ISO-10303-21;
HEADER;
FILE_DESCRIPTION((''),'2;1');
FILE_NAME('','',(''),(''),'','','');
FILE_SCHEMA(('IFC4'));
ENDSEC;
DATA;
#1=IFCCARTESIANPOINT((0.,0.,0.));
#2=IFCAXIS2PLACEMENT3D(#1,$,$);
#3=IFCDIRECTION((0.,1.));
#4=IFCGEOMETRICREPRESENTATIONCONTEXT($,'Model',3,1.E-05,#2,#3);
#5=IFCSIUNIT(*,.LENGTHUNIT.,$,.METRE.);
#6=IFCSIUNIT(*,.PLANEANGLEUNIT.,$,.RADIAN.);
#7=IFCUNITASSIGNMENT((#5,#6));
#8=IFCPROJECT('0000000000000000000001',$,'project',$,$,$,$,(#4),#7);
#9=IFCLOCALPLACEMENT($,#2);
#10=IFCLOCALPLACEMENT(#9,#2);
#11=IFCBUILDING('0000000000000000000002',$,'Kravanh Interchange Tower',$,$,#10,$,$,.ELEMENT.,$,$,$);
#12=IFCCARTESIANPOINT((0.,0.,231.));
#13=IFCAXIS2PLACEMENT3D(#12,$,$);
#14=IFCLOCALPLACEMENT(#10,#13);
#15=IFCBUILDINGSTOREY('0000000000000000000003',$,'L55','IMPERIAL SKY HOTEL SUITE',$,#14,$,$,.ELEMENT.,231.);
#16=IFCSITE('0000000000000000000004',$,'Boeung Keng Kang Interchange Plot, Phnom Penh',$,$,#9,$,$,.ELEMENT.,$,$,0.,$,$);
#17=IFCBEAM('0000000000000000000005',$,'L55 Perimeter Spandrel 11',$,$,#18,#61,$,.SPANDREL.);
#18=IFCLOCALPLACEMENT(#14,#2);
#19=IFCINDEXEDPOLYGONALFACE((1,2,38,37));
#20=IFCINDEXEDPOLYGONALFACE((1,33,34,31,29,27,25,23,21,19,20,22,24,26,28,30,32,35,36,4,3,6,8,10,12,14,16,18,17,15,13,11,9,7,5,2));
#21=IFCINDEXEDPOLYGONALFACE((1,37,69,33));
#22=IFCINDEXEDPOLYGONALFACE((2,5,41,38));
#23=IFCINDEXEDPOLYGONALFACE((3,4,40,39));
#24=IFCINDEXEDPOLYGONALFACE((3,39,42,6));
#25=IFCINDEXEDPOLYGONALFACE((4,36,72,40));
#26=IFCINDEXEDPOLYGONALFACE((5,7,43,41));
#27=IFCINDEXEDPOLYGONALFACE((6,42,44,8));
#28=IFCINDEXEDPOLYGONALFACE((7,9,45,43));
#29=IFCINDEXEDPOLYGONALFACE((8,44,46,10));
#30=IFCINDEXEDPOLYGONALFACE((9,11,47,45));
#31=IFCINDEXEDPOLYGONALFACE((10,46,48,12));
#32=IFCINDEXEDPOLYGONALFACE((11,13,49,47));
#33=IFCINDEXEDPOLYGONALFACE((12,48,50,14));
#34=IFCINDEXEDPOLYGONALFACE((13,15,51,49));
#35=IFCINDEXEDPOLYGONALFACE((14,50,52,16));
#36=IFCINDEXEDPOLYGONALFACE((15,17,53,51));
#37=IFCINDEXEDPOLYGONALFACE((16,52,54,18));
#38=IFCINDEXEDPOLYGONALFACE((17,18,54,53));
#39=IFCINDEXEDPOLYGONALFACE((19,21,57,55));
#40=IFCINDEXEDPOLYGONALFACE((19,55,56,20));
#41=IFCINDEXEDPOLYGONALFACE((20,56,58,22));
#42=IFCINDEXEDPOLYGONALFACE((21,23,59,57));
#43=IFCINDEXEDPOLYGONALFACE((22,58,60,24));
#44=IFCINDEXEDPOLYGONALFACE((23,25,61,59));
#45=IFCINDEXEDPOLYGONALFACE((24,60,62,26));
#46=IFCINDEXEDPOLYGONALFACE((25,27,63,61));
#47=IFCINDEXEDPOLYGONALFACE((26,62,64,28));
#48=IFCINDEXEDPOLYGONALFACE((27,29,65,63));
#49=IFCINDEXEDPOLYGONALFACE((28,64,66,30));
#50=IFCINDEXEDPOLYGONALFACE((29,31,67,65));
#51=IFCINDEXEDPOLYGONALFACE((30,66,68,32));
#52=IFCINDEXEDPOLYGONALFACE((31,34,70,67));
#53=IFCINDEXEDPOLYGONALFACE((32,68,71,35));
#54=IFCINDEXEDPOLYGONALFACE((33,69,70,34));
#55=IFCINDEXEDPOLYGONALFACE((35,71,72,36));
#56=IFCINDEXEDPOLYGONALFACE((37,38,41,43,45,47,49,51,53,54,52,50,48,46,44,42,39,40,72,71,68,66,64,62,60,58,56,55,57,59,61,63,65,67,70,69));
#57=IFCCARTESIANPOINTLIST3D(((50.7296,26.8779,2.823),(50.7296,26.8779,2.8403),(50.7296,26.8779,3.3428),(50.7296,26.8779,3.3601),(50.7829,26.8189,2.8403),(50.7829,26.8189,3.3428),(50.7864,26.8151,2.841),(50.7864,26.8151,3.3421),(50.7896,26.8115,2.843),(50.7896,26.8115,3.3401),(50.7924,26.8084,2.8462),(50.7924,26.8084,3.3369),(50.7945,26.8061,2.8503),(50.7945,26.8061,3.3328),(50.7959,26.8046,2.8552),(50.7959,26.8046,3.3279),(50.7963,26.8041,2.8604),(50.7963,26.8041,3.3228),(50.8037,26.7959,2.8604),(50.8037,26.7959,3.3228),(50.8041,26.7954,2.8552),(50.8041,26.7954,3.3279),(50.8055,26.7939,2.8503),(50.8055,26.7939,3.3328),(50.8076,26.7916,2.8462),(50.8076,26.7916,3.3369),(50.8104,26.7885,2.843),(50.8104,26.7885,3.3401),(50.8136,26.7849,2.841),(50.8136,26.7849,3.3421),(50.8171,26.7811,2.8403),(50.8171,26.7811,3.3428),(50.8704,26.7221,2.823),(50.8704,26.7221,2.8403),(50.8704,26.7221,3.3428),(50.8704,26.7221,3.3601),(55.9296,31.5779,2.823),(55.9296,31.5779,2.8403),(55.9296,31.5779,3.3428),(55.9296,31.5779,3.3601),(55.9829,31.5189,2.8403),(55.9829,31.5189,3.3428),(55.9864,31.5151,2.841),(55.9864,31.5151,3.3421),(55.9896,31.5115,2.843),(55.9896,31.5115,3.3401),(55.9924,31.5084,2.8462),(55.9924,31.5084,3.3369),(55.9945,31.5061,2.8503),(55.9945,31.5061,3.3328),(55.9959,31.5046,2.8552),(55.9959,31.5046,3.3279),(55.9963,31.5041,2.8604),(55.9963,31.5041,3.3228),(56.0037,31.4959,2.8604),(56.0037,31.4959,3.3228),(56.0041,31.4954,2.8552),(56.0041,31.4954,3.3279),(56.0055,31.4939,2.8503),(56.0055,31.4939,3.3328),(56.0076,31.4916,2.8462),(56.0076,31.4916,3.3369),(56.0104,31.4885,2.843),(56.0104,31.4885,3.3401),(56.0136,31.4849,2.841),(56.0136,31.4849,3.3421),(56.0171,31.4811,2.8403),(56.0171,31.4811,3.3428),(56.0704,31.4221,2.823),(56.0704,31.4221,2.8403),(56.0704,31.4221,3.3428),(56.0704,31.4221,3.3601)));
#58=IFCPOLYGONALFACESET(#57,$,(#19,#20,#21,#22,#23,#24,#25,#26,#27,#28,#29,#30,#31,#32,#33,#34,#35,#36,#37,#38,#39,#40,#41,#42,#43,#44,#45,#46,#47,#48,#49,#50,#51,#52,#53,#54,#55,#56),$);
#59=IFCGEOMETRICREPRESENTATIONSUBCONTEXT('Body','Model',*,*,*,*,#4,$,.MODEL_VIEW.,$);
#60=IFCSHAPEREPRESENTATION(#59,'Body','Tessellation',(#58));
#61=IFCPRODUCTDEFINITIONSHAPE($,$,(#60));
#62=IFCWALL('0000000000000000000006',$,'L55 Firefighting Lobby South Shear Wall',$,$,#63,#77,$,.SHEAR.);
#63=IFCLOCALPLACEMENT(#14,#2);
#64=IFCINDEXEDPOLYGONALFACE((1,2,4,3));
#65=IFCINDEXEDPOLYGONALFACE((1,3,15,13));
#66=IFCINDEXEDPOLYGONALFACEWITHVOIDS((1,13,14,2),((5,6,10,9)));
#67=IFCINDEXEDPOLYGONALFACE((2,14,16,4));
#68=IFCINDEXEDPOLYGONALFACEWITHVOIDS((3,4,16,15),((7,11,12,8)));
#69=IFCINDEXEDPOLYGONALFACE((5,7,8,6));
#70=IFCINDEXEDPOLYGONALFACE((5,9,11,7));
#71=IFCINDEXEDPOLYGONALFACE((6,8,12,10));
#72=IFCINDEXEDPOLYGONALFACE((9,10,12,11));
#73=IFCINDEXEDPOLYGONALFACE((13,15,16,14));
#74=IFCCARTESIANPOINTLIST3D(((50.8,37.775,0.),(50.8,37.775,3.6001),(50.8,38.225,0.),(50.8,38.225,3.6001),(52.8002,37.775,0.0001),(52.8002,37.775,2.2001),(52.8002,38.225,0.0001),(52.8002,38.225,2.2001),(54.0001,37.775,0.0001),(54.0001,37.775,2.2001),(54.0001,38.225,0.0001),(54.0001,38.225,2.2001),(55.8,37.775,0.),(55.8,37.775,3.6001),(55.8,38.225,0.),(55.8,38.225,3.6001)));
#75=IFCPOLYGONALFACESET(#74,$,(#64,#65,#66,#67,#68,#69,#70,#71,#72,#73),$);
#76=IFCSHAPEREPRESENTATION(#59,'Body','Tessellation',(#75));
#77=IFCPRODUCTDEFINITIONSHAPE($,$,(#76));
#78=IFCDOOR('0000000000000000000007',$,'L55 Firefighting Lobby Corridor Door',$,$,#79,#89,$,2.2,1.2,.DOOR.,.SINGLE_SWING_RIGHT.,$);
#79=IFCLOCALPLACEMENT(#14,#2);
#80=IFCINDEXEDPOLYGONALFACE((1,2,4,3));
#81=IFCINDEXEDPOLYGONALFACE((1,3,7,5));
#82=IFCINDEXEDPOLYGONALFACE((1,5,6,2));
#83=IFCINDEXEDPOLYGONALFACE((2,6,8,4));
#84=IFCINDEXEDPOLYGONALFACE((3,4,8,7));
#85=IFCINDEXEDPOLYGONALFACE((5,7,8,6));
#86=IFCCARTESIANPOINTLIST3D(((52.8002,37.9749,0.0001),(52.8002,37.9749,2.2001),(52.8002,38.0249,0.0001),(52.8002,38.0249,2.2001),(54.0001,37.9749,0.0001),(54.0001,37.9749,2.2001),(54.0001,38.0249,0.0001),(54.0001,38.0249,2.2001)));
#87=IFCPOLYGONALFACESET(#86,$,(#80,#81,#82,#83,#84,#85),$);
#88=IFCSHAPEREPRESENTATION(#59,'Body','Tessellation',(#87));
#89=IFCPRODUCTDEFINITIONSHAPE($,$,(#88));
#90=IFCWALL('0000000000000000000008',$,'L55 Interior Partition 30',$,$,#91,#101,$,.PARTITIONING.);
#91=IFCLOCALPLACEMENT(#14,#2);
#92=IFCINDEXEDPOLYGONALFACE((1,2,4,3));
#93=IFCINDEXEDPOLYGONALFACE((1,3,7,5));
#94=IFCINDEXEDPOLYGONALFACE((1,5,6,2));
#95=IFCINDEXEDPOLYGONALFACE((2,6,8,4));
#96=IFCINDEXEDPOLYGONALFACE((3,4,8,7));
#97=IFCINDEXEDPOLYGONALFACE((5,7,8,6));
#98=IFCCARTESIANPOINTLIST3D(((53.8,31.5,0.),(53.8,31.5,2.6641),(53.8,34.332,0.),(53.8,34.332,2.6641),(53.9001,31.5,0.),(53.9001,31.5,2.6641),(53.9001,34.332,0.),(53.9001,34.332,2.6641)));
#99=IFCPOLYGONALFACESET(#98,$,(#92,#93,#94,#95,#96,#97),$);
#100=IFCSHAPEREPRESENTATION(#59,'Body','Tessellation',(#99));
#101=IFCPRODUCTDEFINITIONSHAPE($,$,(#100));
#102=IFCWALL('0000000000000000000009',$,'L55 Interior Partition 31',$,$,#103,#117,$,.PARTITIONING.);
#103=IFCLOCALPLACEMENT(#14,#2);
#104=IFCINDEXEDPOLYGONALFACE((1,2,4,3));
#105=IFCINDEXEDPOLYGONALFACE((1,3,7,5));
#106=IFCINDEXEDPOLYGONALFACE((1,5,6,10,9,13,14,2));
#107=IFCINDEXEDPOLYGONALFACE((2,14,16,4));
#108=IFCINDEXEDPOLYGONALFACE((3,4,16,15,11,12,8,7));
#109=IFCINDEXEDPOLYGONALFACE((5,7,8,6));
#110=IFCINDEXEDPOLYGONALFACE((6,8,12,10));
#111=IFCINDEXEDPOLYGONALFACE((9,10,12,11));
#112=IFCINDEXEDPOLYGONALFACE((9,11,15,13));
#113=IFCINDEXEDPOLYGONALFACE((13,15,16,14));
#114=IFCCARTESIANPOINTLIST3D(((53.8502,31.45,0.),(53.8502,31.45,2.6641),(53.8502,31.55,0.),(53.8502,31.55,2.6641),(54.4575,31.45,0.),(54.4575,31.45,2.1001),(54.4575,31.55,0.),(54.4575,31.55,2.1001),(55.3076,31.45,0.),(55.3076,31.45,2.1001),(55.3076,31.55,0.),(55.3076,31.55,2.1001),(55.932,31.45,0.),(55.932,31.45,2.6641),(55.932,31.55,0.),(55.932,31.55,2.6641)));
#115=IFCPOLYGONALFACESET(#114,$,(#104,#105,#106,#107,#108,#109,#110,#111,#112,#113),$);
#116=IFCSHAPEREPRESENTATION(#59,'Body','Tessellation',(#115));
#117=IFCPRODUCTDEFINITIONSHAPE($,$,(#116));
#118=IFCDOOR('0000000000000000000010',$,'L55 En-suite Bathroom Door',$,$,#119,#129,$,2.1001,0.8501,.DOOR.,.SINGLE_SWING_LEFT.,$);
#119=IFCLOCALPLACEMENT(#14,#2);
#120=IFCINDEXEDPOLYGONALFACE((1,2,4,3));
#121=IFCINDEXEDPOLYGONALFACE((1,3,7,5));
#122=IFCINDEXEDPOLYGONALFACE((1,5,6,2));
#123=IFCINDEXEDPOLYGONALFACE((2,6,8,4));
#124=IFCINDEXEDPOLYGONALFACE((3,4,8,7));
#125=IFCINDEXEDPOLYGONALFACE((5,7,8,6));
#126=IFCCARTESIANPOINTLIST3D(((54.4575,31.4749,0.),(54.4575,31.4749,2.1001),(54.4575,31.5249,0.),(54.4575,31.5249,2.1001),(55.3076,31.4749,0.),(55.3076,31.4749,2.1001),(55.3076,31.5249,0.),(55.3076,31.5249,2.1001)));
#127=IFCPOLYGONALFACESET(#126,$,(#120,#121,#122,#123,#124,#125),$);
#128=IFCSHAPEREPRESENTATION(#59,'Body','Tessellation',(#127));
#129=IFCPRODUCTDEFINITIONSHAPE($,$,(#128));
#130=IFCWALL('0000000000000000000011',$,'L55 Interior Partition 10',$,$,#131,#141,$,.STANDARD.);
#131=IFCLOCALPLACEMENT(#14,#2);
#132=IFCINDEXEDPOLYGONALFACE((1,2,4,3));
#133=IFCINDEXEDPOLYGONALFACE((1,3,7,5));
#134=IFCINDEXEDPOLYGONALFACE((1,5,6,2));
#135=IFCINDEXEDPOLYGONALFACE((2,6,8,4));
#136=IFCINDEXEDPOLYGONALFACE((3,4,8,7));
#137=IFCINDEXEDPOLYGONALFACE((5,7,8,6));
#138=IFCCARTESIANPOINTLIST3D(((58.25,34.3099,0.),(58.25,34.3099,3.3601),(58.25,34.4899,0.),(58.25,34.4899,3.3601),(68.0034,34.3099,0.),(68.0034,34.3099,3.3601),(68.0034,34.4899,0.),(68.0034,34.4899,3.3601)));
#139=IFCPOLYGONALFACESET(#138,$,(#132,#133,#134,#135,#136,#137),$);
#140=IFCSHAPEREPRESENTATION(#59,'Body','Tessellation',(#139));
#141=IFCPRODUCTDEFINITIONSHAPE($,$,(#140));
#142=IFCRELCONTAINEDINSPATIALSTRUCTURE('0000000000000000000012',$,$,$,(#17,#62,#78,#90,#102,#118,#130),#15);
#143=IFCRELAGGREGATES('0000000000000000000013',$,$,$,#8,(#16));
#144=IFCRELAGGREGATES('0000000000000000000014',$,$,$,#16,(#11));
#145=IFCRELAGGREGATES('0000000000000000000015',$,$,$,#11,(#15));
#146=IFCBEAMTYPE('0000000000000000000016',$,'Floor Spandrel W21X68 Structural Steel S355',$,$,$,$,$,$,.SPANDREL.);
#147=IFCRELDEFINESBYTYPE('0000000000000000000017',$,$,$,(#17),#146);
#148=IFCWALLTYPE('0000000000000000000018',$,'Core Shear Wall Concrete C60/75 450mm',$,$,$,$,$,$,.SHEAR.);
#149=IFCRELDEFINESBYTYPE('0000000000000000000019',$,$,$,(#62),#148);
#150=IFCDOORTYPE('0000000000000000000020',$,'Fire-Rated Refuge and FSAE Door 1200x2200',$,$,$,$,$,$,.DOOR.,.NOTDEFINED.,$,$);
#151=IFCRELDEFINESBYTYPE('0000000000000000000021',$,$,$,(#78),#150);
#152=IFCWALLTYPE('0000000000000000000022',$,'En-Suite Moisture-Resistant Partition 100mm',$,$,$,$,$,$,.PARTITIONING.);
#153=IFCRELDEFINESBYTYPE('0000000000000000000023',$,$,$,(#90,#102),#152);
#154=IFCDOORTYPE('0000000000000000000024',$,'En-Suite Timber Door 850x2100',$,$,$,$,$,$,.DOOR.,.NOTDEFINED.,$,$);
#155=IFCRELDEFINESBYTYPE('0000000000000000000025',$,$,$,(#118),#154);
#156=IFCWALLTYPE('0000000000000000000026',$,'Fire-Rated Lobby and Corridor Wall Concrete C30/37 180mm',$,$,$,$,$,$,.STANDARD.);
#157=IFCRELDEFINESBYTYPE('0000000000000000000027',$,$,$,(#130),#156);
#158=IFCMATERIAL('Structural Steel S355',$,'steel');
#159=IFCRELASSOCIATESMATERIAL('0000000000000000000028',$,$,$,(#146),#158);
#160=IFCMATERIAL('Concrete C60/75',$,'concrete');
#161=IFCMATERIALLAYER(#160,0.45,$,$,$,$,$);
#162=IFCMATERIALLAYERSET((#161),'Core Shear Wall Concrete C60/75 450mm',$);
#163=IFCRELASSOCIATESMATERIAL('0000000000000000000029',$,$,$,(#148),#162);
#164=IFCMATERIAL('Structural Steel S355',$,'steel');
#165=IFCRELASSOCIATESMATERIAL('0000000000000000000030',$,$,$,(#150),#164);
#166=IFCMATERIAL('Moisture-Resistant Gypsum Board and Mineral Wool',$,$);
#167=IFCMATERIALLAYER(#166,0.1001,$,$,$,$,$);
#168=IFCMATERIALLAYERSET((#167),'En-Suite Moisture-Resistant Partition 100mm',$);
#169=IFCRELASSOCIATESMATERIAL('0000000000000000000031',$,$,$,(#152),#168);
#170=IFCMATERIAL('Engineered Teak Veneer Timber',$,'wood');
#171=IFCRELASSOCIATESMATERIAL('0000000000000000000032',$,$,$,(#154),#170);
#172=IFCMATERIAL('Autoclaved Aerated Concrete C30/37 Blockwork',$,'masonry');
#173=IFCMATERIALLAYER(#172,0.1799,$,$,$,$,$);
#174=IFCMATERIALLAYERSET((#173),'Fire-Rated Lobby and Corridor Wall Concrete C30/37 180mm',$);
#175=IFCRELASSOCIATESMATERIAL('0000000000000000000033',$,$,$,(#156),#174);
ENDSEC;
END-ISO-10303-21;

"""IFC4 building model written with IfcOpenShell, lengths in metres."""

from ifc_helpers import new_model, si_unit, direction, frame, frame_2d, origin, origin_2d, place, context, subcontext, project, spatial, rectangle, i_section, extrude, material, layer, layer_set, material_profile, profile_set, type_object, element, fill, save


model = new_model("IFC4")

# Units and contexts
model_context = context("Model", 3, precision=1e-05, world=origin(), true_north=direction((0.0, 1.0)))
body_context = subcontext(model_context, "Body", "Model", "MODEL_VIEW")
ifc_project = project(units=[si_unit("LENGTHUNIT", "METRE"), si_unit("PLANEANGLEUNIT", "RADIAN")], contexts=[model_context])

# Site, building, storey
site_placement = place(None, origin())
site = spatial("IfcSite", under=ifc_project, at=site_placement, Name="Boeung Keng Kang Interchange Plot, Phnom Penh", CompositionType="ELEMENT", RefElevation=0.0)
building_placement = place(site_placement, origin())
building = spatial("IfcBuilding", under=site, at=building_placement, Name="Kravanh Interchange Tower", CompositionType="ELEMENT")
storey_placement = place(building_placement, frame((0.0, 0.0, 231.0)))
storey = spatial("IfcBuildingStorey", under=building, at=storey_placement, Name="L55", Description="IMPERIAL SKY HOTEL SUITE", CompositionType="ELEMENT", Elevation=231.0)

# Beam
ifc_material_1 = material(Name="Structural Steel S355", Category="steel")
ifc_material_profile_1 = material_profile(ifc_material_1, i_section(OverallWidth=0.21, OverallDepth=0.5371, WebThickness=0.011, FlangeThickness=0.0173, FilletRadius=0.02, at=origin_2d()), Name="W21X68")
ifc_profile_set_1 = profile_set([ifc_material_profile_1], Name="Structural Steel S355")
beam_type_1 = type_object("IfcBeamType", Name="Floor Spandrel W21X68 Structural Steel S355", PredefinedType="SPANDREL", material=ifc_profile_set_1)
for number, where, z_axis, x_axis, name in (
    (1, (56.0, 31.5, 3.0916), (-0.741874, -0.670539, 0.0), (0.670539, -0.741874, 0.0), "L55 Perimeter Spandrel 11"),
):
    element("IfcBeam", number, at=place(storey_placement, frame(where, z_axis=z_axis, x_axis=x_axis)), inside=storey, type_object=beam_type_1, Name=name, PredefinedType="SPANDREL", context=body_context, shape_type="SweptSolid", body=[
        extrude(i_section(OverallWidth=0.21, OverallDepth=0.5371, WebThickness=0.011, FlangeThickness=0.0173, FilletRadius=0.02, at=origin_2d()), origin(), (0.0, 0.0, 1.0), 7.0093),
    ])

# Shared definitions
ifc_material_2 = material(Name="Concrete C60/75", Category="concrete")
ifc_layer_1 = layer(ifc_material_2, 0.45)
ifc_layer_set_1 = layer_set([ifc_layer_1], Name="Core Shear Wall Concrete C60/75 450mm")
wall_type_1 = type_object("IfcWallType", Name="Core Shear Wall Concrete C60/75 450mm", PredefinedType="SHEAR", material=ifc_layer_set_1)

# Wall, opening, door
wall_1_placement = place(storey_placement, frame((50.8, 38.0, 0.0), z_axis=(0.0, 0.0, 1.0), x_axis=(1.0, 0.0, 0.0)))
wall_1 = element("IfcWall", 2, at=wall_1_placement, inside=storey, type_object=wall_type_1, Name="L55 Firefighting Lobby South Shear Wall", PredefinedType="SHEAR", context=body_context, shape_type="SweptSolid", body=[
    extrude(rectangle(XDim=5.0, YDim=0.45, at=frame_2d((2.5, 0.0))), origin(), (0.0, 0.0, 1.0), 3.6001),
])
opening_1_placement = place(wall_1_placement, frame((2.0, 0.0, 0.0)))
opening_1 = element("IfcOpeningElement", 3, at=opening_1_placement, cuts=wall_1, PredefinedType="OPENING", context=body_context, shape_type="SweptSolid", body=[
    extrude(rectangle(XDim=1.2, YDim=2.2, at=frame_2d((0.6001, 1.1001))), frame((0.0, 0.2349, 0.0), z_axis=(0.0, -1.0, 0.0), x_axis=(1.0, 0.0, 0.0)), (0.0, 0.0, 1.0), 0.47),
])
ifc_material_3 = material(Name="Structural Steel S355", Category="steel")
door_type_1 = type_object("IfcDoorType", Name="Fire-Rated Refuge and FSAE Door 1200x2200", OperationType="NOTDEFINED", PredefinedType="DOOR", material=ifc_material_3)
door_1_placement = place(opening_1_placement, origin())
door_1 = element("IfcDoor", 4, at=door_1_placement, inside=storey, type_object=door_type_1, Name="L55 Firefighting Lobby Corridor Door", OperationType="SINGLE_SWING_RIGHT", OverallHeight=2.2, OverallWidth=1.2, PredefinedType="DOOR", context=body_context, shape_type="SweptSolid", body=[
    extrude(rectangle(XDim=1.2, YDim=2.2, at=frame_2d((0.6001, 1.1001))), frame((0.0, 0.0249, 0.0), z_axis=(0.0, -1.0, 0.0), x_axis=(1.0, 0.0, 0.0)), (0.0, 0.0, 1.0), 0.05),
])
fill(opening_1, door_1)

# Wall
ifc_material_4 = material(Name="Moisture-Resistant Gypsum Board and Mineral Wool")
ifc_layer_2 = layer(ifc_material_4, 0.1001)
ifc_layer_set_2 = layer_set([ifc_layer_2], Name="En-Suite Moisture-Resistant Partition 100mm")
wall_type_2 = type_object("IfcWallType", Name="En-Suite Moisture-Resistant Partition 100mm", PredefinedType="PARTITIONING", material=ifc_layer_set_2)
wall_2_placement = place(storey_placement, frame((53.8501, 31.5, 0.0), z_axis=(0.0, 0.0, 1.0), x_axis=(0.0, 1.0, 0.0)))
element("IfcWall", 5, at=wall_2_placement, inside=storey, type_object=wall_type_2, Name="L55 Interior Partition 30", PredefinedType="PARTITIONING", context=body_context, shape_type="SweptSolid", body=[
    extrude(rectangle(XDim=2.832, YDim=0.1001, at=frame_2d((1.416, 0.0))), origin(), (0.0, 0.0, 1.0), 2.6641),
])

# Wall, opening, door
wall_3_placement = place(storey_placement, frame((53.8501, 31.5, 0.0), z_axis=(0.0, 0.0, 1.0), x_axis=(1.0, 0.0, 0.0)))
wall_3 = element("IfcWall", 6, at=wall_3_placement, inside=storey, type_object=wall_type_2, Name="L55 Interior Partition 31", PredefinedType="PARTITIONING", context=body_context, shape_type="SweptSolid", body=[
    extrude(rectangle(XDim=2.0818, YDim=0.1001, at=frame_2d((1.041, 0.0))), origin(), (0.0, 0.0, 1.0), 2.6641),
])
opening_2_placement = place(wall_3_placement, frame((0.6074, 0.0, 0.0)))
opening_2 = element("IfcOpeningElement", 7, at=opening_2_placement, cuts=wall_3, PredefinedType="OPENING", context=body_context, shape_type="SweptSolid", body=[
    extrude(rectangle(XDim=0.8501, YDim=2.1001, at=frame_2d((0.425, 1.05))), frame((0.0, 0.0601, 0.0), z_axis=(0.0, -1.0, 0.0), x_axis=(1.0, 0.0, 0.0)), (0.0, 0.0, 1.0), 0.1201),
])
ifc_material_5 = material(Name="Engineered Teak Veneer Timber", Category="wood")
door_type_2 = type_object("IfcDoorType", Name="En-Suite Timber Door 850x2100", OperationType="NOTDEFINED", PredefinedType="DOOR", material=ifc_material_5)
door_2_placement = place(opening_2_placement, origin())
door_2 = element("IfcDoor", 8, at=door_2_placement, inside=storey, type_object=door_type_2, Name="L55 En-suite Bathroom Door", OperationType="SINGLE_SWING_LEFT", OverallHeight=2.1001, OverallWidth=0.8501, PredefinedType="DOOR", context=body_context, shape_type="SweptSolid", body=[
    extrude(rectangle(XDim=0.8501, YDim=2.1001, at=frame_2d((0.425, 1.05))), frame((0.0, 0.0249, 0.0), z_axis=(0.0, -1.0, 0.0), x_axis=(1.0, 0.0, 0.0)), (0.0, 0.0, 1.0), 0.05),
])
fill(opening_2, door_2)

# Wall
ifc_material_6 = material(Name="Autoclaved Aerated Concrete C30/37 Blockwork", Category="masonry")
ifc_layer_3 = layer(ifc_material_6, 0.1799)
ifc_layer_set_3 = layer_set([ifc_layer_3], Name="Fire-Rated Lobby and Corridor Wall Concrete C30/37 180mm")
wall_type_3 = type_object("IfcWallType", Name="Fire-Rated Lobby and Corridor Wall Concrete C30/37 180mm", PredefinedType="STANDARD", material=ifc_layer_set_3)
wall_4_placement = place(storey_placement, frame((58.25, 34.3999, 0.0), z_axis=(0.0, 0.0, 1.0), x_axis=(1.0, 0.0, 0.0)))
element("IfcWall", 9, at=wall_4_placement, inside=storey, type_object=wall_type_3, Name="L55 Interior Partition 10", PredefinedType="STANDARD", context=body_context, shape_type="SweptSolid", body=[
    extrude(rectangle(XDim=9.7534, YDim=0.1799, at=frame_2d((4.8767, 0.0))), origin(), (0.0, 0.0, 1.0), 3.3601),
])

save(model, "model.ifc")
